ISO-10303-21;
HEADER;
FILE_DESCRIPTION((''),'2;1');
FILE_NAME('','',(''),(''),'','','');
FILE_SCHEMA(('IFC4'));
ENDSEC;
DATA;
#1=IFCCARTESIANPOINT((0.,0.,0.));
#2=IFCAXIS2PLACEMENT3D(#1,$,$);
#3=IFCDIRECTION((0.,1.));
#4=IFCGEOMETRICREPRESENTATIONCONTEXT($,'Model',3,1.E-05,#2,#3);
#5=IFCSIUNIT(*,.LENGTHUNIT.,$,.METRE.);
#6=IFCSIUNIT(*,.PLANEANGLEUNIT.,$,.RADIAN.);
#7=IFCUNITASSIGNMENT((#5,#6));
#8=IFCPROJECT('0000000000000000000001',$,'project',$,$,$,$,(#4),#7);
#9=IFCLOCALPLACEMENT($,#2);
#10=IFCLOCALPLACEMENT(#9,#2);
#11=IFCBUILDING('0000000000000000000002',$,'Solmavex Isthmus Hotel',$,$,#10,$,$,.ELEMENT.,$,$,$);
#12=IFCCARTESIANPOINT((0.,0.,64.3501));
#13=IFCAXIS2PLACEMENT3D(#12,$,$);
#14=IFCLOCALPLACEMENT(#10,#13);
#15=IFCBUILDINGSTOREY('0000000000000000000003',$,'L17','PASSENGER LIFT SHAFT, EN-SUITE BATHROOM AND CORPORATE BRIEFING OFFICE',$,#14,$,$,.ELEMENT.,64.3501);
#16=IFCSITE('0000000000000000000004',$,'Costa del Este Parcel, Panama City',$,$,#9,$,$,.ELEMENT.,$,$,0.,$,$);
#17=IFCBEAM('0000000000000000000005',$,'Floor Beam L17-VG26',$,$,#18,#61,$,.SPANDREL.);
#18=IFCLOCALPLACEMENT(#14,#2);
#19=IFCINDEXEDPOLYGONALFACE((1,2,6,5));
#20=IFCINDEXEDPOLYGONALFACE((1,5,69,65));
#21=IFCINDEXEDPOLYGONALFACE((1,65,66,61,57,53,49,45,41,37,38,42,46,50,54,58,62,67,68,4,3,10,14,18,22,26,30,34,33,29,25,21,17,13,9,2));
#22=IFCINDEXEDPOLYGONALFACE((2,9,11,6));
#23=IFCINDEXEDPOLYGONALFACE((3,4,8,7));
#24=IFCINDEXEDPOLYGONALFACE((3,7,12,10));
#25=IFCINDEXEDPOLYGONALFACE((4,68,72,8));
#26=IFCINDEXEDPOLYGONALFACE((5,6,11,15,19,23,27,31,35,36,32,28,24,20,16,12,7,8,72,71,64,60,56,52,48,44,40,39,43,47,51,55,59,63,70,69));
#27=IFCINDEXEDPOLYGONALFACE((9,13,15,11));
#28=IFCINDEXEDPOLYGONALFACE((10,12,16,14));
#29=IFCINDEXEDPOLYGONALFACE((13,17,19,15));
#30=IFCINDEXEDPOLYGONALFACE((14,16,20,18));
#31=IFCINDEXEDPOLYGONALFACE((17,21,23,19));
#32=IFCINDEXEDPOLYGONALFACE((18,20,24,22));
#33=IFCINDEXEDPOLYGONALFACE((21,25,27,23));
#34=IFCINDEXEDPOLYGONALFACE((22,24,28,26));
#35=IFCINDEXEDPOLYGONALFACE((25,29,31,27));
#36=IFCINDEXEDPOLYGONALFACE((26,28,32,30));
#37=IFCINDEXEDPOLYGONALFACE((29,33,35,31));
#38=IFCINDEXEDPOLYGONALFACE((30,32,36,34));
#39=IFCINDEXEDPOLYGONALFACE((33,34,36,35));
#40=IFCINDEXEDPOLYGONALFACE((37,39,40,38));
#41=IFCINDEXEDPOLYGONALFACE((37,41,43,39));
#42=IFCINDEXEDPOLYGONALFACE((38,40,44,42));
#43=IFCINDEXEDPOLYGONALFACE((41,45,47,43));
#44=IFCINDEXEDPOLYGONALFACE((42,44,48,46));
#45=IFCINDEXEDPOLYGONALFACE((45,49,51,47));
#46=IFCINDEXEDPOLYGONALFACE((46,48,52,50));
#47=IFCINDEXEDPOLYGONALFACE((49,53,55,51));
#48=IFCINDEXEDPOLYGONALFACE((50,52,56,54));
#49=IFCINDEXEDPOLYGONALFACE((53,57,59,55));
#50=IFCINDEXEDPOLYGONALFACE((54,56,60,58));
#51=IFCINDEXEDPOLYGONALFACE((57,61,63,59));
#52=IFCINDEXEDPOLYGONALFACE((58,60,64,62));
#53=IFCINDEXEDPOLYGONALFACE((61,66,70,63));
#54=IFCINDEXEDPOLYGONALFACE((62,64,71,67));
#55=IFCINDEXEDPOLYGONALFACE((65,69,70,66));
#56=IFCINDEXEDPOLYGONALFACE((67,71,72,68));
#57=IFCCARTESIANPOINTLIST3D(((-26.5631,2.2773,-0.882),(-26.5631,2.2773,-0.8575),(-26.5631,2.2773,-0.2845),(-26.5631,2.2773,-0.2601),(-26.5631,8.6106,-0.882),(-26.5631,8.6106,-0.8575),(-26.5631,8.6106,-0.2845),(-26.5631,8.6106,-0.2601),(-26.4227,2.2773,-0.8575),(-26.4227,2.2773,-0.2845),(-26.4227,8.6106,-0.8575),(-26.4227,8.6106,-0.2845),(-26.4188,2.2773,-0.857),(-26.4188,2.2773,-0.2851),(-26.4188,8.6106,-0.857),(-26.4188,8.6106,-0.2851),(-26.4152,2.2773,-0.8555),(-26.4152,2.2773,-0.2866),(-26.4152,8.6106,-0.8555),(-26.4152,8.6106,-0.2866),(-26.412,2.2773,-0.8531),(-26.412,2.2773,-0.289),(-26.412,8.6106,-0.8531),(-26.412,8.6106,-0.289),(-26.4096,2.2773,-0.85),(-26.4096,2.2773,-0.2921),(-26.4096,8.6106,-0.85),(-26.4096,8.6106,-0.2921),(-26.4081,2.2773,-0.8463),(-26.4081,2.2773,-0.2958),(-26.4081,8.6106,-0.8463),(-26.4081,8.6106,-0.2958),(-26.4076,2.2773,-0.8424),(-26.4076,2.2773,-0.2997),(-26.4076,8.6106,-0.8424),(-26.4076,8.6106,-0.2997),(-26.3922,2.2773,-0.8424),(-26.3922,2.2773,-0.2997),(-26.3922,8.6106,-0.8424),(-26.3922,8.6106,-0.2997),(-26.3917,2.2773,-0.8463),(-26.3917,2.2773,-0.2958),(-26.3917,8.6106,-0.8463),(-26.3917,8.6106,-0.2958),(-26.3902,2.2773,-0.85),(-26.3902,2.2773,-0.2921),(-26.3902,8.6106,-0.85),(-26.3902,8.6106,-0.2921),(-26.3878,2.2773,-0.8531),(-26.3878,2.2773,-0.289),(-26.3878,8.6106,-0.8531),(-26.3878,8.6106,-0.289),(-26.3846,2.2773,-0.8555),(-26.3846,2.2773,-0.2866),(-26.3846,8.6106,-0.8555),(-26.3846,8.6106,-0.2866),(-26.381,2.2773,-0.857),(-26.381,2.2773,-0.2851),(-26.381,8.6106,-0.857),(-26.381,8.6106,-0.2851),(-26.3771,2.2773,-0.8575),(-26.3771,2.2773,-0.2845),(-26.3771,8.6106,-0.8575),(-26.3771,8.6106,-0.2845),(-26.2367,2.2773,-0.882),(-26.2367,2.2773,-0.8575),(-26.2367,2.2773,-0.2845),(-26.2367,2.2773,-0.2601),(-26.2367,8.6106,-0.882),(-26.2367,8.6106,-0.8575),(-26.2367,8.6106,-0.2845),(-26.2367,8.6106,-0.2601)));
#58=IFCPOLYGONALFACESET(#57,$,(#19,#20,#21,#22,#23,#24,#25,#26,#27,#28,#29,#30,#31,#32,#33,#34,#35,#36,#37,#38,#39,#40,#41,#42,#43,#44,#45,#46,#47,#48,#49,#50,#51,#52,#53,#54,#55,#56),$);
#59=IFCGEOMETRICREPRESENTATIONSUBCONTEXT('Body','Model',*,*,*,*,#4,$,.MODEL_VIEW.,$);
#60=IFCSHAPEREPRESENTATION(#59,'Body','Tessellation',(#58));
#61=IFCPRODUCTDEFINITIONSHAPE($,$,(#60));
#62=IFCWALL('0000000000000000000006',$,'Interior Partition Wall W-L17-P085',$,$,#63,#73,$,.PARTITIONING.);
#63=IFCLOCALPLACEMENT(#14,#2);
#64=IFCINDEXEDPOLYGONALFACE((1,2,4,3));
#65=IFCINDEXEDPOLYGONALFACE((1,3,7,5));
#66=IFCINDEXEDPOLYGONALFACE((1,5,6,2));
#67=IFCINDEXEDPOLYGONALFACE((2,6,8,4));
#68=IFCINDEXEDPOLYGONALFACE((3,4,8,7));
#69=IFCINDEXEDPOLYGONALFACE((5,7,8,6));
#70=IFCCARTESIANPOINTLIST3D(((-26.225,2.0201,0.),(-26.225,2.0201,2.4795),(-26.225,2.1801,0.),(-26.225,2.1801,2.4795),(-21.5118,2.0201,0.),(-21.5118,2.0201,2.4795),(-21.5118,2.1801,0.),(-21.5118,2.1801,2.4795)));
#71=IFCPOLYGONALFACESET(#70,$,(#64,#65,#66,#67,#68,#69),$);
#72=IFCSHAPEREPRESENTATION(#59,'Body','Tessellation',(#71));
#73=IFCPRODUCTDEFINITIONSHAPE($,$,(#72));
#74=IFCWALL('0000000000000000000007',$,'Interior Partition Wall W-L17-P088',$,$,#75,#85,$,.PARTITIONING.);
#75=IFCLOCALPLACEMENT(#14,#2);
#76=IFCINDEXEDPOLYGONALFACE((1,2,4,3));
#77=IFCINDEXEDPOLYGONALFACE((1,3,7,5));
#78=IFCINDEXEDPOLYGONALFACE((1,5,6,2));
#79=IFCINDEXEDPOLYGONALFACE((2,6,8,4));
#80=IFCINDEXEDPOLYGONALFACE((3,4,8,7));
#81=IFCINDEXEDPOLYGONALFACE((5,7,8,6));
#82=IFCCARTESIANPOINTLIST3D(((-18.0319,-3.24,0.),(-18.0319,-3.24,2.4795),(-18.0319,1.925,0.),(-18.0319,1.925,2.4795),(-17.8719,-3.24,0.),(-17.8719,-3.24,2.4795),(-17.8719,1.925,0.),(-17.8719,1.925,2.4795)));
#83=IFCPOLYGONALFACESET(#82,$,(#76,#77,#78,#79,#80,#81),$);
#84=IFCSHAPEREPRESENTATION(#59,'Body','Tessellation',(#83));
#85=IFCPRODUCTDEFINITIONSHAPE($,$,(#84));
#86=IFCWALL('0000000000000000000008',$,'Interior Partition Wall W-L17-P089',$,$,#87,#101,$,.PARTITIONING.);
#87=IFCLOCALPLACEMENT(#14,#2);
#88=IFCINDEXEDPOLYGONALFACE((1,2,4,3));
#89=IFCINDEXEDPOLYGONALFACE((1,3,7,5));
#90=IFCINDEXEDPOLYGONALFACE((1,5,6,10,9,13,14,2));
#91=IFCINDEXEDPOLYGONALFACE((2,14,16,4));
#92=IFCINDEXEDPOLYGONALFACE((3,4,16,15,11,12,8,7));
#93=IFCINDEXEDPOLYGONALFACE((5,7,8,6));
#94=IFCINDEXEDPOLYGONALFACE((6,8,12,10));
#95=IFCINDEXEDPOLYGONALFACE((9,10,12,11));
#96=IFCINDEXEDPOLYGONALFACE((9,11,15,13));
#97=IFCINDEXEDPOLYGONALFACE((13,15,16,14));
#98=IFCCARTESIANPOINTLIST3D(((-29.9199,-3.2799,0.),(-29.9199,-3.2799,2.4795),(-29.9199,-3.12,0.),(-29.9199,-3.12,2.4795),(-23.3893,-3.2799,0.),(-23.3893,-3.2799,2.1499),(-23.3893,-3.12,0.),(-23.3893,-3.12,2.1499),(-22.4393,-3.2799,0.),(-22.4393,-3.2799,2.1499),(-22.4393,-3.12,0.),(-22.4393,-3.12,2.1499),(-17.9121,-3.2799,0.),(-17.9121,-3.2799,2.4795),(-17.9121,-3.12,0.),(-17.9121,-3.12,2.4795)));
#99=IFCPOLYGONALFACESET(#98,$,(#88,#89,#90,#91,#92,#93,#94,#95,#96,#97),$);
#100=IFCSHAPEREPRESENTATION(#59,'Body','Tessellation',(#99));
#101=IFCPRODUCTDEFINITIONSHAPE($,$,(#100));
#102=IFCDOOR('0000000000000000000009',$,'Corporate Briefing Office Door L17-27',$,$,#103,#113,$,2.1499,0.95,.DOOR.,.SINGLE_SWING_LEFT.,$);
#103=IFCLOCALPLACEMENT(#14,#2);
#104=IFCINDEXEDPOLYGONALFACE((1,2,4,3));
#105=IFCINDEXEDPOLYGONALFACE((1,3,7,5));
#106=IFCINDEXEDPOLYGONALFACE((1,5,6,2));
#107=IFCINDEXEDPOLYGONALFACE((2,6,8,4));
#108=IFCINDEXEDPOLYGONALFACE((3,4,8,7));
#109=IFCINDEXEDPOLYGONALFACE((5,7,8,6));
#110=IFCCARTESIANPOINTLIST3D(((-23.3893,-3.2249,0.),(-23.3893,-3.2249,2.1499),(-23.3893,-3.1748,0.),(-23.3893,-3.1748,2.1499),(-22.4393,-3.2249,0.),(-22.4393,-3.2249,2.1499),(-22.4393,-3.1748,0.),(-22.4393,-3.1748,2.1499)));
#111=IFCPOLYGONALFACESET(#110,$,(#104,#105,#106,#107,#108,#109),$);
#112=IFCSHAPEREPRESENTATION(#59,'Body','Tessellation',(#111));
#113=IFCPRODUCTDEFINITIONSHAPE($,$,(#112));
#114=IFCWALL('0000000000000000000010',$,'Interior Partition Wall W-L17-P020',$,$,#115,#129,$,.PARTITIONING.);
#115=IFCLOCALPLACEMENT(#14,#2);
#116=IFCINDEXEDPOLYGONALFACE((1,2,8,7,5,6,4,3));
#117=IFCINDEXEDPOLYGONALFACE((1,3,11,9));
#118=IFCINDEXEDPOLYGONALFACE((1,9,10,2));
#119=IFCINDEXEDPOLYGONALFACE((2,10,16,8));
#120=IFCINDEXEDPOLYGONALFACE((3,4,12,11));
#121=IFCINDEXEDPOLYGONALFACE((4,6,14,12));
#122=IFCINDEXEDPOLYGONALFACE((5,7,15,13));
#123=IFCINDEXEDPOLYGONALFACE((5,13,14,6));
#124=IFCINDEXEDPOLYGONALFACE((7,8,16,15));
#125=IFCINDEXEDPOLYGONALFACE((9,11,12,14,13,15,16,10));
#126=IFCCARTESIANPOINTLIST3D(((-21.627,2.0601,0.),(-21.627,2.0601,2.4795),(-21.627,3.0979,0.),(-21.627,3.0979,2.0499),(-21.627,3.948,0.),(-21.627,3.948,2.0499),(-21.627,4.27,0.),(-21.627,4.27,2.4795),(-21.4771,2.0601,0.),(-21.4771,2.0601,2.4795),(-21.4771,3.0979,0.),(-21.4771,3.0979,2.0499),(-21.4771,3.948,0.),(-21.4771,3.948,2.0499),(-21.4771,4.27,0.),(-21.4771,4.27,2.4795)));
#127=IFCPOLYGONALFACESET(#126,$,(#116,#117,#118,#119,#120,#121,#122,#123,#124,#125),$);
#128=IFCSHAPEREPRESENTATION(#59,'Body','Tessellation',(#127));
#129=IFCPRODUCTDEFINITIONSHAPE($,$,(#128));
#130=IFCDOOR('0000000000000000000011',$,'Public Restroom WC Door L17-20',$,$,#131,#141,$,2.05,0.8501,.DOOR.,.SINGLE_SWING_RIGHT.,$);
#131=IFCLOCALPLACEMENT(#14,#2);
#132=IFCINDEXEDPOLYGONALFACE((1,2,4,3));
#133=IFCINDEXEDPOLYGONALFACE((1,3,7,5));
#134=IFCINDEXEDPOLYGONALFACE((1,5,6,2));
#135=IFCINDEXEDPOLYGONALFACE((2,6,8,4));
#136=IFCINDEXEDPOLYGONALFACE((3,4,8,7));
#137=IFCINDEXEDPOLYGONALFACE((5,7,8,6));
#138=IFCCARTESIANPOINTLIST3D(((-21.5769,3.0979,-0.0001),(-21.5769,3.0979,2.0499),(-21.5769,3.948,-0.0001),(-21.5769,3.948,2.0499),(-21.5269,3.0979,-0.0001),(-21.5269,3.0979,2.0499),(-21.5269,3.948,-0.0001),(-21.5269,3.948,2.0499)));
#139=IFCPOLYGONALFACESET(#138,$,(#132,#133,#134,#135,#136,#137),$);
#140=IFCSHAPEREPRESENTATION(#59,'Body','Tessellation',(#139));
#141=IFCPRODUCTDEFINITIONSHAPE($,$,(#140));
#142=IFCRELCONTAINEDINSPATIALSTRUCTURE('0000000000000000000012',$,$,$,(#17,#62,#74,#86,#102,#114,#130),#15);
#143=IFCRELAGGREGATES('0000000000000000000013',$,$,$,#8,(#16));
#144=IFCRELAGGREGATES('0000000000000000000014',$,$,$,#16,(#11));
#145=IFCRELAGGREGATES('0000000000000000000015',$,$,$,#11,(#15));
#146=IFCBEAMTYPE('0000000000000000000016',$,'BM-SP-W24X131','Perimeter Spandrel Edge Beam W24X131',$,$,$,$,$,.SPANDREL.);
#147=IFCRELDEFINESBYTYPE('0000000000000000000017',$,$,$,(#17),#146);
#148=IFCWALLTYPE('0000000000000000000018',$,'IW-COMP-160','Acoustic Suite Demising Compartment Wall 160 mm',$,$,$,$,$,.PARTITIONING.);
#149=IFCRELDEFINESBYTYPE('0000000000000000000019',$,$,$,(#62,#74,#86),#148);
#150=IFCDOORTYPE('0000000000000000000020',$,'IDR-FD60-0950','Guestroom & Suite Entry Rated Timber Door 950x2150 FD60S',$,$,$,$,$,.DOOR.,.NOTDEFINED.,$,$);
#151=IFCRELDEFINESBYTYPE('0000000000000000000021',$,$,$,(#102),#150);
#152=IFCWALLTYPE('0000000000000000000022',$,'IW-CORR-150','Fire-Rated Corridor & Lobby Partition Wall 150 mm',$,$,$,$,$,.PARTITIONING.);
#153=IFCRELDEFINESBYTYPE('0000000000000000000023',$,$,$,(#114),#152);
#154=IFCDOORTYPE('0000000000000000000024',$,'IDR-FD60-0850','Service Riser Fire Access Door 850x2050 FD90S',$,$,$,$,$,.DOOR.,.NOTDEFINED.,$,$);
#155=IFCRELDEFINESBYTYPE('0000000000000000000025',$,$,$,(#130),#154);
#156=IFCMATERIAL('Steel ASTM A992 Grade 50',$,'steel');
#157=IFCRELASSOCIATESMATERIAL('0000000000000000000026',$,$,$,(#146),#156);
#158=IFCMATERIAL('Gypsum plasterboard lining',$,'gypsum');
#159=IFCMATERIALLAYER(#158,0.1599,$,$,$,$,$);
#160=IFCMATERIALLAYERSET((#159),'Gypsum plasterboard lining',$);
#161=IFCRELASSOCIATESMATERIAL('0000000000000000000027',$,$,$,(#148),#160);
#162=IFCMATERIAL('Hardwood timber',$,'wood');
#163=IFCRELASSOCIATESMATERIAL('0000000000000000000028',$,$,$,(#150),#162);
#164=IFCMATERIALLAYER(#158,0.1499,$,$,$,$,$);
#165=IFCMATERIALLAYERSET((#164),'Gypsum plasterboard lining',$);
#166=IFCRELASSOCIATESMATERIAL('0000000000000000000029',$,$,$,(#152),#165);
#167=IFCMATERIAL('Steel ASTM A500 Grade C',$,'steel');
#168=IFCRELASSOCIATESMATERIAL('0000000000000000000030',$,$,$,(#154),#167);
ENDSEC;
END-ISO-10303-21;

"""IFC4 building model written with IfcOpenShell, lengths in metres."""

from ifc_helpers import new_model, si_unit, direction, frame, frame_2d, origin, origin_2d, place, context, subcontext, project, spatial, rectangle, i_section, extrude, material, layer, layer_set, material_profile, profile_set, type_object, element, fill, save


model = new_model("IFC4")

# Units and contexts
model_context = context("Model", 3, precision=1e-05, world=origin(), true_north=direction((0.0, 1.0)))
body_context = subcontext(model_context, "Body", "Model", "MODEL_VIEW")
ifc_project = project(units=[si_unit("LENGTHUNIT", "METRE"), si_unit("PLANEANGLEUNIT", "RADIAN")], contexts=[model_context])

# Site, building, storey
site_placement = place(None, origin())
site = spatial("IfcSite", under=ifc_project, at=site_placement, Name="Costa del Este Parcel, Panama City", CompositionType="ELEMENT", RefElevation=0.0)
building_placement = place(site_placement, origin())
building = spatial("IfcBuilding", under=site, at=building_placement, Name="Solmavex Isthmus Hotel", CompositionType="ELEMENT")
storey_placement = place(building_placement, frame((0.0, 0.0, 64.3501)))
storey = spatial("IfcBuildingStorey", under=building, at=storey_placement, Name="L17", Description="PASSENGER LIFT SHAFT, EN-SUITE BATHROOM AND CORPORATE BRIEFING OFFICE", CompositionType="ELEMENT", Elevation=64.3501)

# Beam
ifc_material_1 = material(Name="Steel ASTM A992 Grade 50", Category="steel")
ifc_material_profile_1 = material_profile(ifc_material_1, i_section(OverallWidth=0.3264, OverallDepth=0.6218, WebThickness=0.0154, FlangeThickness=0.0244, FilletRadius=0.0151, at=origin_2d()), Name="W24X131")
ifc_profile_set_1 = profile_set([ifc_material_profile_1], Name="Steel ASTM A992 Grade 50")
beam_type_1 = type_object("IfcBeamType", Name="BM-SP-W24X131", Description="Perimeter Spandrel Edge Beam W24X131", PredefinedType="SPANDREL", material=ifc_profile_set_1)
beam_1_placement = place(storey_placement, frame((-26.3999, 2.2773, -0.571), z_axis=(0.0, 1.0, 0.0), x_axis=(-1.0, 0.0, 0.0)))
element("IfcBeam", 1, at=beam_1_placement, inside=storey, type_object=beam_type_1, Name="Floor Beam L17-VG26", PredefinedType="SPANDREL", context=body_context, shape_type="SweptSolid", body=[
    extrude(i_section(OverallWidth=0.3264, OverallDepth=0.6218, WebThickness=0.0154, FlangeThickness=0.0244, FilletRadius=0.0151, at=origin_2d()), origin(), (0.0, 0.0, 1.0), 6.3333),
])

# Walls
ifc_material_2 = material(Name="Gypsum plasterboard lining", Category="gypsum")
ifc_layer_1 = layer(ifc_material_2, 0.1599)
ifc_layer_set_1 = layer_set([ifc_layer_1], Name="Gypsum plasterboard lining")
wall_type_1 = type_object("IfcWallType", Name="IW-COMP-160", Description="Acoustic Suite Demising Compartment Wall 160 mm", PredefinedType="PARTITIONING", material=ifc_layer_set_1)
wall_1_placement = place(storey_placement, frame((-21.512, 2.1001, 0.0), z_axis=(0.0, 0.0, 1.0), x_axis=(-1.0, 0.0, 0.0)))
element("IfcWall", 2, at=wall_1_placement, inside=storey, type_object=wall_type_1, Name="Interior Partition Wall W-L17-P085", PredefinedType="PARTITIONING", context=body_context, shape_type="SweptSolid", body=[
    extrude(rectangle(XDim=4.7131, YDim=0.1599, at=frame_2d((2.3564, 0.0))), origin(), (0.0, 0.0, 1.0), 2.4795),
])
wall_2_placement = place(storey_placement, frame((-17.9519, 1.925, 0.0), z_axis=(0.0, 0.0, 1.0), x_axis=(0.0, -1.0, 0.0)))
element("IfcWall", 3, at=wall_2_placement, inside=storey, type_object=wall_type_1, Name="Interior Partition Wall W-L17-P088", PredefinedType="PARTITIONING", context=body_context, shape_type="SweptSolid", body=[
    extrude(rectangle(XDim=5.165, YDim=0.1599, at=frame_2d((2.5825, 0.0))), origin(), (0.0, 0.0, 1.0), 2.4795),
])

# Walls, openings, doors
wall_3_placement = place(storey_placement, frame((-17.9121, -3.2, 0.0), z_axis=(0.0, 0.0, 1.0), x_axis=(-1.0, 0.0, 0.0)))
wall_3 = element("IfcWall", 4, at=wall_3_placement, inside=storey, type_object=wall_type_1, Name="Interior Partition Wall W-L17-P089", PredefinedType="PARTITIONING", context=body_context, shape_type="SweptSolid", body=[
    extrude(rectangle(XDim=12.0078, YDim=0.1599, at=frame_2d((6.0039, 0.0))), origin(), (0.0, 0.0, 1.0), 2.4795),
])
opening_1_placement = place(wall_3_placement, frame((4.5271, 0.0, 0.0)))
opening_1 = element("IfcOpeningElement", 5, at=opening_1_placement, cuts=wall_3, PredefinedType="OPENING", context=body_context, shape_type="SweptSolid", body=[
    extrude(rectangle(XDim=0.95, YDim=2.1499, at=frame_2d((0.4751, 1.075))), frame((0.0, 0.0898, 0.0), z_axis=(0.0, -1.0, 0.0), x_axis=(1.0, 0.0, 0.0)), (0.0, 0.0, 1.0), 0.1799),
])
ifc_material_3 = material(Name="Hardwood timber", Category="wood")
door_type_1 = type_object("IfcDoorType", Name="IDR-FD60-0950", Description="Guestroom & Suite Entry Rated Timber Door 950x2150 FD60S", OperationType="NOTDEFINED", PredefinedType="DOOR", material=ifc_material_3)
door_1_placement = place(opening_1_placement, origin())
door_1 = element("IfcDoor", 6, at=door_1_placement, inside=storey, type_object=door_type_1, Name="Corporate Briefing Office Door L17-27", OperationType="SINGLE_SWING_LEFT", OverallHeight=2.1499, OverallWidth=0.95, PredefinedType="DOOR", context=body_context, shape_type="SweptSolid", body=[
    extrude(rectangle(XDim=0.95, YDim=2.1499, at=frame_2d((0.4751, 1.075))), frame((0.0, 0.0249, 0.0), z_axis=(0.0, -1.0, 0.0), x_axis=(1.0, 0.0, 0.0)), (0.0, 0.0, 1.0), 0.05),
])
fill(opening_1, door_1)
ifc_layer_2 = layer(ifc_material_2, 0.1499)
ifc_layer_set_2 = layer_set([ifc_layer_2], Name="Gypsum plasterboard lining")
wall_type_2 = type_object("IfcWallType", Name="IW-CORR-150", Description="Fire-Rated Corridor & Lobby Partition Wall 150 mm", PredefinedType="PARTITIONING", material=ifc_layer_set_2)
wall_4_placement = place(storey_placement, frame((-21.552, 2.0601, 0.0), z_axis=(0.0, 0.0, 1.0), x_axis=(0.0, 1.0, 0.0)))
wall_4 = element("IfcWall", 7, at=wall_4_placement, inside=storey, type_object=wall_type_2, Name="Interior Partition Wall W-L17-P020", PredefinedType="PARTITIONING", context=body_context, shape_type="SweptSolid", body=[
    extrude(rectangle(XDim=2.21, YDim=0.1499, at=frame_2d((1.105, 0.0))), origin(), (0.0, 0.0, 1.0), 2.4795),
])
opening_2_placement = place(wall_4_placement, frame((1.0378, 0.0, 0.0)))
opening_2 = element("IfcOpeningElement", 8, at=opening_2_placement, cuts=wall_4, PredefinedType="OPENING", context=body_context, shape_type="SweptSolid", body=[
    extrude(rectangle(XDim=0.8501, YDim=2.05, at=frame_2d((0.425, 1.0249))), frame((0.0, 0.085, 0.0), z_axis=(0.0, -1.0, 0.0), x_axis=(1.0, 0.0, 0.0)), (0.0, 0.0, 1.0), 0.1699),
])
ifc_material_4 = material(Name="Steel ASTM A500 Grade C", Category="steel")
door_type_2 = type_object("IfcDoorType", Name="IDR-FD60-0850", Description="Service Riser Fire Access Door 850x2050 FD90S", OperationType="NOTDEFINED", PredefinedType="DOOR", material=ifc_material_4)
door_2_placement = place(opening_2_placement, origin())
door_2 = element("IfcDoor", 9, at=door_2_placement, inside=storey, type_object=door_type_2, Name="Public Restroom WC Door L17-20", OperationType="SINGLE_SWING_RIGHT", OverallHeight=2.05, OverallWidth=0.8501, PredefinedType="DOOR", context=body_context, shape_type="SweptSolid", body=[
    extrude(rectangle(XDim=0.8501, YDim=2.05, at=frame_2d((0.425, 1.0249))), frame((0.0, 0.0249, 0.0), z_axis=(0.0, -1.0, 0.0), x_axis=(1.0, 0.0, 0.0)), (0.0, 0.0, 1.0), 0.05),
])
fill(opening_2, door_2)

save(model, "model.ifc")
